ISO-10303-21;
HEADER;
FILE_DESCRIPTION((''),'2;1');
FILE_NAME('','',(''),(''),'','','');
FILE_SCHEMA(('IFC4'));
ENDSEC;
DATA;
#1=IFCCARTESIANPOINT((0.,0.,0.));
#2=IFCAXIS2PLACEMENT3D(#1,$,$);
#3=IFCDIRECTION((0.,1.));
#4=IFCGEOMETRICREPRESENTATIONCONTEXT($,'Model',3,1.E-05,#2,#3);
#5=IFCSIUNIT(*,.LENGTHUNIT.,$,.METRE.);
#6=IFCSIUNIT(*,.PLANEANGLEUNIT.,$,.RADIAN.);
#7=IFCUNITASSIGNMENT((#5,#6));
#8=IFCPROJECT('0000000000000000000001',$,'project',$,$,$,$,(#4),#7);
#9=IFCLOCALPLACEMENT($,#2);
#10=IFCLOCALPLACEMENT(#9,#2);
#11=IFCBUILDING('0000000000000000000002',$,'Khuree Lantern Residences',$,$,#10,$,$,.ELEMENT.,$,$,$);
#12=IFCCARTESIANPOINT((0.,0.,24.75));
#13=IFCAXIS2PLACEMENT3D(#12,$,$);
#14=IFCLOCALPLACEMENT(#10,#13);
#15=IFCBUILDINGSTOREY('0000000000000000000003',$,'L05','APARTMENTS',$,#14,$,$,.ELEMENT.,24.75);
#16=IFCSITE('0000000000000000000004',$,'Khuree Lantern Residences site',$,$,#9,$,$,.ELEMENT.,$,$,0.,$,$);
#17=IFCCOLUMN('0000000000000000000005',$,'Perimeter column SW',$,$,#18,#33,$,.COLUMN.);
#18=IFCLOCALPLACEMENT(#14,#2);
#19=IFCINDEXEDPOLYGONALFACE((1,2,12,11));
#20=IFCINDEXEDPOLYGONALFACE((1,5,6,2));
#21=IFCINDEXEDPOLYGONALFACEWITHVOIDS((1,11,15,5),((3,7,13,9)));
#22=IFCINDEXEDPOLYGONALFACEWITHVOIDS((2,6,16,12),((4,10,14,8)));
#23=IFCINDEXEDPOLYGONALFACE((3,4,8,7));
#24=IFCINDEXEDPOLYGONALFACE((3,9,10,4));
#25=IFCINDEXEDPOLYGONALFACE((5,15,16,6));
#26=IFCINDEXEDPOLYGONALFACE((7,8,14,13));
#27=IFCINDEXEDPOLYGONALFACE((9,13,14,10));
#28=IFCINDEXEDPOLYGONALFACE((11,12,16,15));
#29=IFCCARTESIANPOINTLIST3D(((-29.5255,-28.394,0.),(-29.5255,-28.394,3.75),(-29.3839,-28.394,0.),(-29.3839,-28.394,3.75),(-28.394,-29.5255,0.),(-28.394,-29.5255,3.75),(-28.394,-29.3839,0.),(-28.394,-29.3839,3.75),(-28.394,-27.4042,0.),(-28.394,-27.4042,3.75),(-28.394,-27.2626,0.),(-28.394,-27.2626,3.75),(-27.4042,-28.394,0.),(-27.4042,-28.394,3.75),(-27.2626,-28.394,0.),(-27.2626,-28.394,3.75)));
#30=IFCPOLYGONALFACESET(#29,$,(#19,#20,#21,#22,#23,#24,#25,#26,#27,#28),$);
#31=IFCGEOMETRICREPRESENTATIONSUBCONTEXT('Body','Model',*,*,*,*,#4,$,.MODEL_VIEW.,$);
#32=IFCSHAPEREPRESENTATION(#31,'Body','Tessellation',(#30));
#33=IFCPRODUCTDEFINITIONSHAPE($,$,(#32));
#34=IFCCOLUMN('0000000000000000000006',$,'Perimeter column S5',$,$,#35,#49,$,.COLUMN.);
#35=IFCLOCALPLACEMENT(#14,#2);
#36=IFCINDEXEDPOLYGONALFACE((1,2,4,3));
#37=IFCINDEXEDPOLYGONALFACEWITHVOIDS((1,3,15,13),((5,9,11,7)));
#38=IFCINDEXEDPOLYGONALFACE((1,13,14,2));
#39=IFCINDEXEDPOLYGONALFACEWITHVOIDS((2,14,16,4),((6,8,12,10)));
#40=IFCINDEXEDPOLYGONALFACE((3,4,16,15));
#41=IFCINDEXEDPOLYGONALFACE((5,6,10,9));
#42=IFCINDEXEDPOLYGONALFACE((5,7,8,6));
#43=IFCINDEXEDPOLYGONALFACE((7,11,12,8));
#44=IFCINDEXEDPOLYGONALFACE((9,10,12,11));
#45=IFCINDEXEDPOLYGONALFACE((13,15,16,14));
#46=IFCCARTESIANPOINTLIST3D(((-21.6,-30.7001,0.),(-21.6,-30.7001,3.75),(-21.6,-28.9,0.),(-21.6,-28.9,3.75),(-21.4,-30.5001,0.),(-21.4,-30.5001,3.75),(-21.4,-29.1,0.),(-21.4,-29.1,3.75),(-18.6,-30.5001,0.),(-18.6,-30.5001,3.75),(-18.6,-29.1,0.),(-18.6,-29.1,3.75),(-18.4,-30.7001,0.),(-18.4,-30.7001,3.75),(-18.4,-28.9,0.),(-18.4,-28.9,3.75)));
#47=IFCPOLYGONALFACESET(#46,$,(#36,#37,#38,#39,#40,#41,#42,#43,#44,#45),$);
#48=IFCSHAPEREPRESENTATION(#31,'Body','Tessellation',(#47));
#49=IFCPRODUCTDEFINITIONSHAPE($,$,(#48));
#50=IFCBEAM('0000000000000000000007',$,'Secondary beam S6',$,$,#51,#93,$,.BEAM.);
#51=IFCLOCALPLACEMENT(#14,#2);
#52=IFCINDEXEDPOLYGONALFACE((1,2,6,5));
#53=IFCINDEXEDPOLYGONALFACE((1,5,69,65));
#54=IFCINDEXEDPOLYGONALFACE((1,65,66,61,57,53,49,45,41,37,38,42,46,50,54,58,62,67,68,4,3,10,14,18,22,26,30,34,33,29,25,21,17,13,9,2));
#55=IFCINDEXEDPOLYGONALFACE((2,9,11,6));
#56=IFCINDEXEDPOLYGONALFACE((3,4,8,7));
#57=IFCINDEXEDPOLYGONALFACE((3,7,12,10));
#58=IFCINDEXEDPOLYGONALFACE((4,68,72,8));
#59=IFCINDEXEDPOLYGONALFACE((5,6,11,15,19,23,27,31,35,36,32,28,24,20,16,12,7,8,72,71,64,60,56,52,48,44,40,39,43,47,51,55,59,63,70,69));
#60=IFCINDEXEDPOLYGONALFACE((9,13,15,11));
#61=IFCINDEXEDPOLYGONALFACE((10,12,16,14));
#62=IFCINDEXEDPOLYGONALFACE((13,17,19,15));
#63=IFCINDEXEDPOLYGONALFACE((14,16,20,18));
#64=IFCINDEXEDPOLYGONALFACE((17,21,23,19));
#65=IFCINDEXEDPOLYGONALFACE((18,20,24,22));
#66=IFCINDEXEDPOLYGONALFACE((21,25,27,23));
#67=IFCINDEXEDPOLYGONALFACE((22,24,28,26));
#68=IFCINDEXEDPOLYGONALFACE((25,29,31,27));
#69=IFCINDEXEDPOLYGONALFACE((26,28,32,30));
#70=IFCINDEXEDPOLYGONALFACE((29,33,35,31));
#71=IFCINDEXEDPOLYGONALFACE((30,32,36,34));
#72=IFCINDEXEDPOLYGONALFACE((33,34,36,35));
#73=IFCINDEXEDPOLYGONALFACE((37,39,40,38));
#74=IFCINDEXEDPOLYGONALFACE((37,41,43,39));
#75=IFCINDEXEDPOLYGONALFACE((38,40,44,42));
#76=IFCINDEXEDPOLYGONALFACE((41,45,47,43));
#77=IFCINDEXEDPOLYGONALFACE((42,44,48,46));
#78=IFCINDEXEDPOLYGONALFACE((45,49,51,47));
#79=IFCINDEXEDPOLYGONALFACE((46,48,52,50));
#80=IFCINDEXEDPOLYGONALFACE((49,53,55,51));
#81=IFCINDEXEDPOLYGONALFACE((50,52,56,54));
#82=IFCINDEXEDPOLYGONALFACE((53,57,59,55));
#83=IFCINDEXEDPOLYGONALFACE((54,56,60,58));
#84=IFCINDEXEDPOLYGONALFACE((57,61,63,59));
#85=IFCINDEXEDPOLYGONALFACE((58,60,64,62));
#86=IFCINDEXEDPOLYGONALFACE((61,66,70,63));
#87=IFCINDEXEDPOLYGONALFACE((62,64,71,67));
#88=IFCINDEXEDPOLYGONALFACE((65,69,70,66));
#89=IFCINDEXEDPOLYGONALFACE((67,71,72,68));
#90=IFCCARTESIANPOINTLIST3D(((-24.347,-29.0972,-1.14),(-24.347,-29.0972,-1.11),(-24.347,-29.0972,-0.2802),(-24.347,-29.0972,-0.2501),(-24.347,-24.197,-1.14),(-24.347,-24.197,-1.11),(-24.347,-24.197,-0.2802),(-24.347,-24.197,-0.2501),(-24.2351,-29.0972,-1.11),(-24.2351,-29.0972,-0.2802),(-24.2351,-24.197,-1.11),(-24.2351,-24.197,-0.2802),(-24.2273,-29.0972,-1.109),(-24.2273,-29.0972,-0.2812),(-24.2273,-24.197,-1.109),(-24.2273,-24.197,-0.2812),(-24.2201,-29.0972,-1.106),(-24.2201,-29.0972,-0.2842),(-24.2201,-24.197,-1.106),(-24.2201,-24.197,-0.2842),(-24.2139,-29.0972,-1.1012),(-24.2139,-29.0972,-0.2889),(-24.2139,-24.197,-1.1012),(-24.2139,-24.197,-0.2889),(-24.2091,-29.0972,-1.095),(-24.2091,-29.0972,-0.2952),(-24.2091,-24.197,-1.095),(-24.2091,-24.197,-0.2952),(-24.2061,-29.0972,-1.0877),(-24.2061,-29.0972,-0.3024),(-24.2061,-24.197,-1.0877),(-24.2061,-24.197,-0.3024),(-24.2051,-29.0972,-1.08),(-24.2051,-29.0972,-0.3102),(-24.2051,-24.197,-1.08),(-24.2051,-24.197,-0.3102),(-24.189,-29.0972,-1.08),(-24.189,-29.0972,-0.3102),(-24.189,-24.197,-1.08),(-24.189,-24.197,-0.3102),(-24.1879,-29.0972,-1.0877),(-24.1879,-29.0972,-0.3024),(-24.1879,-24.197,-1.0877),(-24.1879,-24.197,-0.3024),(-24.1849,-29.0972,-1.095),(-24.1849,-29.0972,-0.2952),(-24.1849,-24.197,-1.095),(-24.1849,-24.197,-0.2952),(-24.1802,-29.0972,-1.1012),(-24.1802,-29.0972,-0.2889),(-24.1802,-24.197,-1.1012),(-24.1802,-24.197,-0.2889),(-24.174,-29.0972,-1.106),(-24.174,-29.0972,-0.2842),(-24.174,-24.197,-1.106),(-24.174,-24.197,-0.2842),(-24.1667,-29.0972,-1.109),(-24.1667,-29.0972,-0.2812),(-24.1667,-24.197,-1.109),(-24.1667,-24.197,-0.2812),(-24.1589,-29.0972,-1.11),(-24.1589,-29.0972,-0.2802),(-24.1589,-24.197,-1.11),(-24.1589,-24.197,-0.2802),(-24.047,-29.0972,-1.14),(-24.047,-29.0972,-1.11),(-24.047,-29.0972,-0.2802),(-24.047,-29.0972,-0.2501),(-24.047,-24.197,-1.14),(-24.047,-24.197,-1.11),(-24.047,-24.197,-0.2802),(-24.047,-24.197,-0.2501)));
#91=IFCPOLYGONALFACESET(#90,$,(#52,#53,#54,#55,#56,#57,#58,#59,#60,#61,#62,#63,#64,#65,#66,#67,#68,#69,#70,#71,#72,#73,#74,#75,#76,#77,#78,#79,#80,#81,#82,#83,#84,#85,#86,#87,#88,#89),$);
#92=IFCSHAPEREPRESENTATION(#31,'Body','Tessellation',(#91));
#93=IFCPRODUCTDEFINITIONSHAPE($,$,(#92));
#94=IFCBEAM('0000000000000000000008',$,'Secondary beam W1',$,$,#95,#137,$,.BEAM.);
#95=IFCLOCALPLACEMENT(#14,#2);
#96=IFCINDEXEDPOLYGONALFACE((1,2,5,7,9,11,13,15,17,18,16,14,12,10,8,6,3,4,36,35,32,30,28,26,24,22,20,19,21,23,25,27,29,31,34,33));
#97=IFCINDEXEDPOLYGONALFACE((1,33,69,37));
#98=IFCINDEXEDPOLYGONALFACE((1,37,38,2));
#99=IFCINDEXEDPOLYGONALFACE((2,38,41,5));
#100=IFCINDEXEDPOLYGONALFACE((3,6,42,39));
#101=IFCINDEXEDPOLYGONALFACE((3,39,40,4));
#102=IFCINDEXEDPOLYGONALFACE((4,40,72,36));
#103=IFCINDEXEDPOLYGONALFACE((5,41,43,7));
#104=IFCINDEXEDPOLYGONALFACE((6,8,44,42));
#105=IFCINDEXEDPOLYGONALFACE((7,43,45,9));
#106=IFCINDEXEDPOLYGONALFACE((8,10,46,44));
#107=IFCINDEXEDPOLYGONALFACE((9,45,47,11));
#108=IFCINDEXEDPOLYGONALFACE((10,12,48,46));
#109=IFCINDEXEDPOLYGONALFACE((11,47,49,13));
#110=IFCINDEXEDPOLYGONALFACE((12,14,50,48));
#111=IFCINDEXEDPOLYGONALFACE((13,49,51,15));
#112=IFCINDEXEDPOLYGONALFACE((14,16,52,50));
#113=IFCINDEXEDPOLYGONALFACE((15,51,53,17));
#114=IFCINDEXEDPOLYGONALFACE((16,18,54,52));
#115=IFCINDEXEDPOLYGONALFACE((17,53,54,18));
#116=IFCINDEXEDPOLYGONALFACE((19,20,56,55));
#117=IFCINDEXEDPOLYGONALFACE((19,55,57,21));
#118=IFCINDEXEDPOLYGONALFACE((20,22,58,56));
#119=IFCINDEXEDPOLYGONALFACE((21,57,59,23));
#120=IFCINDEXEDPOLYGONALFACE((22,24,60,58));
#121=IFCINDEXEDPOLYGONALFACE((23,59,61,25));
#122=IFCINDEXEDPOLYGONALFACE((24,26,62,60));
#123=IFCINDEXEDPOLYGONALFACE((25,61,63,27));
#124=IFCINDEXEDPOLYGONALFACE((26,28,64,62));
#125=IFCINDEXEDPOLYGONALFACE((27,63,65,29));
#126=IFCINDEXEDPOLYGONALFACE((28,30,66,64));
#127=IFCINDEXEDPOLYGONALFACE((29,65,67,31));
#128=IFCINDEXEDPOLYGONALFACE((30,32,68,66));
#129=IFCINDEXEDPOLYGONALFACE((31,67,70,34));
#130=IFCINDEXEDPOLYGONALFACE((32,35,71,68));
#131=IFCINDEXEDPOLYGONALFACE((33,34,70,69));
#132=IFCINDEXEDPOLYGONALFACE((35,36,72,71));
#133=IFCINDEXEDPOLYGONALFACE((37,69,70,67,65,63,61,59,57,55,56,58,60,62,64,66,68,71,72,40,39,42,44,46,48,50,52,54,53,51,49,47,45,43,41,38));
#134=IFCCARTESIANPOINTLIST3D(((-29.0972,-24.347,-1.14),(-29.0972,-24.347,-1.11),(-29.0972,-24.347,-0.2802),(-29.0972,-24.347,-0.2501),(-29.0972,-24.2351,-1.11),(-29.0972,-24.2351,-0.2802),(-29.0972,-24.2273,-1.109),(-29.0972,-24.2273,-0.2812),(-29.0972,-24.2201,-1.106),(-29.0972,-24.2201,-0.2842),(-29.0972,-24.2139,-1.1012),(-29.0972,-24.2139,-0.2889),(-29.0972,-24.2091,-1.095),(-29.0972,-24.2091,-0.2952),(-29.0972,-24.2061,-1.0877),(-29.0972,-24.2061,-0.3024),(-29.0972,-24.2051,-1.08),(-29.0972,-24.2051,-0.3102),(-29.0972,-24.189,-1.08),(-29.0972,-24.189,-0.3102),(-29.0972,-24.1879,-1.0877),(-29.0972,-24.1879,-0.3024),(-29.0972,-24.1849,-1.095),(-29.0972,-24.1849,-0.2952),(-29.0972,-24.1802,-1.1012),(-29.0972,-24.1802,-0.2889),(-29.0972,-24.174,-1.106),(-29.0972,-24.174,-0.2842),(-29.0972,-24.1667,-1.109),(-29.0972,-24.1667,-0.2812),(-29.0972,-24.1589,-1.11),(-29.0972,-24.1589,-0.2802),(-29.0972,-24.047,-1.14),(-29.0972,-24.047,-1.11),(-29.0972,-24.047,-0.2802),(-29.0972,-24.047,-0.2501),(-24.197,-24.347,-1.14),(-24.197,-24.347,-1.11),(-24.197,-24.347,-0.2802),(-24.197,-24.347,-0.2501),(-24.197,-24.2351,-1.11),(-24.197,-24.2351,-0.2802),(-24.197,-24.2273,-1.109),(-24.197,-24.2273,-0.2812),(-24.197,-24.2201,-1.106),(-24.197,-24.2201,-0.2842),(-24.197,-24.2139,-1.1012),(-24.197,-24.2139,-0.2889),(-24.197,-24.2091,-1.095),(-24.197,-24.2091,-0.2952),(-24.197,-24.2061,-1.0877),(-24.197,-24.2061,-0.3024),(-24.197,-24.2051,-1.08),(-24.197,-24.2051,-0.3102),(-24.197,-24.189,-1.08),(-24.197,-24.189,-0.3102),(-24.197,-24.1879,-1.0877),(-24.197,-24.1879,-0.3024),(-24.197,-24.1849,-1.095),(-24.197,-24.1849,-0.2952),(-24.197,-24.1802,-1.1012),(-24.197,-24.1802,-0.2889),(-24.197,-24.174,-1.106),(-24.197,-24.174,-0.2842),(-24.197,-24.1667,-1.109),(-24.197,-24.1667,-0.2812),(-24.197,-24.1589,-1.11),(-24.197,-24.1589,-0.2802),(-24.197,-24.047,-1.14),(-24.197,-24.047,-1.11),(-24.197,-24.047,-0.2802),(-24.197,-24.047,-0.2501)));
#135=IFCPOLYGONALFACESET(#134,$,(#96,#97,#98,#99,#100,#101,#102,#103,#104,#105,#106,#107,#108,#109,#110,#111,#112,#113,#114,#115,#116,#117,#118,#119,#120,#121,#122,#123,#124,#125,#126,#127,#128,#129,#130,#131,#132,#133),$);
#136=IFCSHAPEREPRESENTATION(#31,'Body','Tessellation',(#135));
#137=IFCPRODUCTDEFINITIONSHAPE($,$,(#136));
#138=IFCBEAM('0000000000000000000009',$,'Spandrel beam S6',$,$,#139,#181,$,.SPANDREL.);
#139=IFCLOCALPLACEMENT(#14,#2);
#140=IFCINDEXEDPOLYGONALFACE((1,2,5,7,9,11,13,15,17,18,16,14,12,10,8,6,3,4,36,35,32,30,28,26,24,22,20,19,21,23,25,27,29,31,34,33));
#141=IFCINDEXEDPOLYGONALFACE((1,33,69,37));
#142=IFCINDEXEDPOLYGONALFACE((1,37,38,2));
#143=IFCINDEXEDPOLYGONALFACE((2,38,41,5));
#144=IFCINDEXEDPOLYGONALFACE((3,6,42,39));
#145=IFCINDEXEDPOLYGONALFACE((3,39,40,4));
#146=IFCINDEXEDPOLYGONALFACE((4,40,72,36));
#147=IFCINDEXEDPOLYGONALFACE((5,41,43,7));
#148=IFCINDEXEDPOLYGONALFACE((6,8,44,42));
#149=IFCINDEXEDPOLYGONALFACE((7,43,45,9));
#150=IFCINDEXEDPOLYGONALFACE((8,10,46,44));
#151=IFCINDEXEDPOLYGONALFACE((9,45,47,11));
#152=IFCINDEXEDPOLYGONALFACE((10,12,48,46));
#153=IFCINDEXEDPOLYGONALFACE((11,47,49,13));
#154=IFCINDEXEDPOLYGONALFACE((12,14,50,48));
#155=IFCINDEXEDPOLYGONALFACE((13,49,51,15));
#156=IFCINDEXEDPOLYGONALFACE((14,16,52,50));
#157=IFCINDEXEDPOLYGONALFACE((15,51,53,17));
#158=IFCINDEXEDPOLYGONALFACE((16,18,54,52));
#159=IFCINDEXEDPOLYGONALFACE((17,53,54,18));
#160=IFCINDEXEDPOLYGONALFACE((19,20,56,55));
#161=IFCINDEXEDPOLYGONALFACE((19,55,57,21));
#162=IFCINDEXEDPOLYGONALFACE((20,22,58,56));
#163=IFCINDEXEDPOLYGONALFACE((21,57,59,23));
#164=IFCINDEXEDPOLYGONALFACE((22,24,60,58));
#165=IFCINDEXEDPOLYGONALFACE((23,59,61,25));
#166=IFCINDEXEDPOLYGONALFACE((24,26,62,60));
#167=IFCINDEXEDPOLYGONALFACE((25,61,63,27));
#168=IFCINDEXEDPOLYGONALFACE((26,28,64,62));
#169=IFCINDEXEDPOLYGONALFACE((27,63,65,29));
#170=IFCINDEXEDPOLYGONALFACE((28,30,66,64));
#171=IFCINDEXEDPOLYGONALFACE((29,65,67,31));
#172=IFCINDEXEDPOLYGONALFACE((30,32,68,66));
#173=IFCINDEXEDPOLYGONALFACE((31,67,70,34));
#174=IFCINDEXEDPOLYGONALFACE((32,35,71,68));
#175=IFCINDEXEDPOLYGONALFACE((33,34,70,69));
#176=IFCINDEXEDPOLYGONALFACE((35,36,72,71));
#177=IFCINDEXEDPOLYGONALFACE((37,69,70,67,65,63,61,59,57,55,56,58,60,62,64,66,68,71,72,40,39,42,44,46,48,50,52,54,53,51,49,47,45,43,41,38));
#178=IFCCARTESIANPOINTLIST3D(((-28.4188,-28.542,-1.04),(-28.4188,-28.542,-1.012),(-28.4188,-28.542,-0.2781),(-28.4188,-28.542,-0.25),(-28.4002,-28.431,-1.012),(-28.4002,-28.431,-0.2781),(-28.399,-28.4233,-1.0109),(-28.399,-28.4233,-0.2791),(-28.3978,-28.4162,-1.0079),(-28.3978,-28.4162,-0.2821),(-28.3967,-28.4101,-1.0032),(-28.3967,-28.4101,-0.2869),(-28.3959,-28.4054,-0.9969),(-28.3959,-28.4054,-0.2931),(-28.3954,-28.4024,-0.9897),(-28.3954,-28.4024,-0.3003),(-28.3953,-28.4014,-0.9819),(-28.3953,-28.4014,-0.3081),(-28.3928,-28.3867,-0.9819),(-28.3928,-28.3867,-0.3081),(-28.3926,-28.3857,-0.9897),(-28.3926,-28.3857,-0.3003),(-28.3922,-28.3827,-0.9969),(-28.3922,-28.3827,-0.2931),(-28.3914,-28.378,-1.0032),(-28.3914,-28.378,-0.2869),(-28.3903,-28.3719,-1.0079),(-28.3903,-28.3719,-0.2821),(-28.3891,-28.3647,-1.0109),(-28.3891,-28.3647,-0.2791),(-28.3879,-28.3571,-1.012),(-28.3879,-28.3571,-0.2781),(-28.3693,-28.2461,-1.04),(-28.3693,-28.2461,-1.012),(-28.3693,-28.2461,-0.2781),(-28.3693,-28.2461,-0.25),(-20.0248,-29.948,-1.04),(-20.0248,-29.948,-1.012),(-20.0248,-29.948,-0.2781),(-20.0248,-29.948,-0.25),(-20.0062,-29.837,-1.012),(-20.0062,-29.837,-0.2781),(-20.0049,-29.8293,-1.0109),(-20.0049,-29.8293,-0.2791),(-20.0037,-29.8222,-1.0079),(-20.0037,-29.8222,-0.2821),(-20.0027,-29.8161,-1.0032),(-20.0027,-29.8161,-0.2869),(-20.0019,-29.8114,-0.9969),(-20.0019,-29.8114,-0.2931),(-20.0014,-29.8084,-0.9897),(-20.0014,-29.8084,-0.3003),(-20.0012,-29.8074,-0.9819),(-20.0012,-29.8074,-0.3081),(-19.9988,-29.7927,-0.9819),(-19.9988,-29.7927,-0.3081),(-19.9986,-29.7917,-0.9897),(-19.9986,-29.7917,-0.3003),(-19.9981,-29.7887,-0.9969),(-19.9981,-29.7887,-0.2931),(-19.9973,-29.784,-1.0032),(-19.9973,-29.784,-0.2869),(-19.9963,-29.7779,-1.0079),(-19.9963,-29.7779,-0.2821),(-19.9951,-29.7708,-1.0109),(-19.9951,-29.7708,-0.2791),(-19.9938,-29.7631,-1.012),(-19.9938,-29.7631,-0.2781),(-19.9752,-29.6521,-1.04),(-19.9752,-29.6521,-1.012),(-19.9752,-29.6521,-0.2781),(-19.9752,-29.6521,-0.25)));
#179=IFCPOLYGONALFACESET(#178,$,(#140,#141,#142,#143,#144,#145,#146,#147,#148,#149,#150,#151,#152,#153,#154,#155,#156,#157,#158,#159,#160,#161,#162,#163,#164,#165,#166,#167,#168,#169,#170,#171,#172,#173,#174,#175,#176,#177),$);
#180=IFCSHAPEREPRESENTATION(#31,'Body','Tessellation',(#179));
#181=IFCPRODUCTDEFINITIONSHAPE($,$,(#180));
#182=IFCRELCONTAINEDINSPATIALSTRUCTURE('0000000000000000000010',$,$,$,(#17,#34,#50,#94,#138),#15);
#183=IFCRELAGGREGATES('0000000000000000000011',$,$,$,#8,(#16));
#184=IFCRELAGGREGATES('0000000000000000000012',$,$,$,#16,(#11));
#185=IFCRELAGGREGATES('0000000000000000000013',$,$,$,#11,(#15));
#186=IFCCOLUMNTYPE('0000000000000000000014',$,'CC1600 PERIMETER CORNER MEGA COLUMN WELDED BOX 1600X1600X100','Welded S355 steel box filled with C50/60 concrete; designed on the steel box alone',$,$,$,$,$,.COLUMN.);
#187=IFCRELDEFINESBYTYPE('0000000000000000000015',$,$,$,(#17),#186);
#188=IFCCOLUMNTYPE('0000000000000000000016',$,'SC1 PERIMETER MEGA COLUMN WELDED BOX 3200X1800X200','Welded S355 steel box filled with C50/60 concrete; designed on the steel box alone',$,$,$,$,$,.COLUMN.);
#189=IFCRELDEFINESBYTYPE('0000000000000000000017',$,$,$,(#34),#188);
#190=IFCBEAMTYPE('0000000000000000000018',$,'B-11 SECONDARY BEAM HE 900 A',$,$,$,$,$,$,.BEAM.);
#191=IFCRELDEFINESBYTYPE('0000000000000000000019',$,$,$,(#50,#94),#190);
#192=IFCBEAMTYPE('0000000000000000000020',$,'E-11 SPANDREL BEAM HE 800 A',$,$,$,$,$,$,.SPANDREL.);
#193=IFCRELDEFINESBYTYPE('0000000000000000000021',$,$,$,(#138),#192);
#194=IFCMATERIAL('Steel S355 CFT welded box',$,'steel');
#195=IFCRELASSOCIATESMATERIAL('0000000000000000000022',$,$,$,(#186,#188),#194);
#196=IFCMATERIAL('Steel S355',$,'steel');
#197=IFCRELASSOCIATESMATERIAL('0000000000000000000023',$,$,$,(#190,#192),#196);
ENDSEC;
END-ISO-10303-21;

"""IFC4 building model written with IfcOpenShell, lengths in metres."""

from ifc_helpers import new_model, si_unit, direction, frame, origin, origin_2d, place, context, subcontext, project, spatial, hollow_rectangle, i_section, extrude, material, material_profile, profile_set, type_object, element, save


model = new_model("IFC4")

# Units and contexts
model_context = context("Model", 3, precision=1e-05, world=origin(), true_north=direction((0.0, 1.0)))
body_context = subcontext(model_context, "Body", "Model", "MODEL_VIEW")
ifc_project = project(units=[si_unit("LENGTHUNIT", "METRE"), si_unit("PLANEANGLEUNIT", "RADIAN")], contexts=[model_context])

# Site, building, storey
site_placement = place(None, origin())
site = spatial("IfcSite", under=ifc_project, at=site_placement, Name="Khuree Lantern Residences site", CompositionType="ELEMENT", RefElevation=0.0)
building_placement = place(site_placement, origin())
building = spatial("IfcBuilding", under=site, at=building_placement, Name="Khuree Lantern Residences", CompositionType="ELEMENT")
storey_placement = place(building_placement, frame((0.0, 0.0, 24.75)))
storey = spatial("IfcBuildingStorey", under=building, at=storey_placement, Name="L05", Description="APARTMENTS", CompositionType="ELEMENT", Elevation=24.75)

# Columns
ifc_material_1 = material(Name="Steel S355 CFT welded box", Category="steel")
ifc_material_profile_1 = material_profile(ifc_material_1, hollow_rectangle(XDim=1.6001, YDim=1.6001, WallThickness=0.1001, at=origin_2d()), Name="WELDED BOX 1600X1600X100")
ifc_profile_set_1 = profile_set([ifc_material_profile_1], Name="Steel S355 CFT welded box")
column_type_1 = type_object("IfcColumnType", Name="CC1600 PERIMETER CORNER MEGA COLUMN WELDED BOX 1600X1600X100", Description="Welded S355 steel box filled with C50/60 concrete; designed on the steel box alone", PredefinedType="COLUMN", material=ifc_profile_set_1)
column_1_placement = place(storey_placement, frame((-28.394, -28.394, 0.0), z_axis=(0.0, 0.0, 1.0), x_axis=(0.707107, -0.707107, 0.0)))
element("IfcColumn", 1, at=column_1_placement, inside=storey, type_object=column_type_1, Name="Perimeter column SW", PredefinedType="COLUMN", context=body_context, shape_type="SweptSolid", body=[
    extrude(hollow_rectangle(XDim=1.6001, YDim=1.6001, WallThickness=0.1001, at=origin_2d()), origin(), (0.0, 0.0, 1.0), 3.75),
])
ifc_material_profile_2 = material_profile(ifc_material_1, hollow_rectangle(XDim=3.2, YDim=1.8, WallThickness=0.2, at=origin_2d()), Name="WELDED BOX 3200X1800X200")
ifc_profile_set_2 = profile_set([ifc_material_profile_2], Name="Steel S355 CFT welded box")
column_type_2 = type_object("IfcColumnType", Name="SC1 PERIMETER MEGA COLUMN WELDED BOX 3200X1800X200", Description="Welded S355 steel box filled with C50/60 concrete; designed on the steel box alone", PredefinedType="COLUMN", material=ifc_profile_set_2)
column_2_placement = place(storey_placement, frame((-20.0, -29.8, 0.0), z_axis=(0.0, 0.0, 1.0), x_axis=(1.0, 0.0, 0.0)))
element("IfcColumn", 2, at=column_2_placement, inside=storey, type_object=column_type_2, Name="Perimeter column S5", PredefinedType="COLUMN", context=body_context, shape_type="SweptSolid", body=[
    extrude(hollow_rectangle(XDim=3.2, YDim=1.8, WallThickness=0.2, at=origin_2d()), origin(), (0.0, 0.0, 1.0), 3.75),
])

# Beams
ifc_material_2 = material(Name="Steel S355", Category="steel")
ifc_material_profile_3 = material_profile(ifc_material_2, i_section(OverallWidth=0.3, OverallDepth=0.8899, WebThickness=0.0161, FlangeThickness=0.03, FilletRadius=0.03, at=origin_2d()), Name="HE 900 A")
ifc_profile_set_3 = profile_set([ifc_material_profile_3], Name="Steel S355")
beam_type_1 = type_object("IfcBeamType", Name="B-11 SECONDARY BEAM HE 900 A", PredefinedType="BEAM", material=ifc_profile_set_3)
for number, where, z_axis, x_axis, name in (
    (3, (-24.197, -29.0972, -0.6951), (0.0, 1.0, 0.0), (-1.0, 0.0, 0.0), "Secondary beam S6"),
    (4, (-29.0972, -24.197, -0.6951), (1.0, 0.0, 0.0), (0.0, 1.0, 0.0), "Secondary beam W1"),
):
    element("IfcBeam", number, at=place(storey_placement, frame(where, z_axis=z_axis, x_axis=x_axis)), inside=storey, type_object=beam_type_1, Name=name, PredefinedType="BEAM", context=body_context, shape_type="SweptSolid", body=[
        extrude(i_section(OverallWidth=0.3, OverallDepth=0.8899, WebThickness=0.0161, FlangeThickness=0.03, FilletRadius=0.03, at=origin_2d()), origin(), (0.0, 0.0, 1.0), 4.9001),
    ])
ifc_material_profile_4 = material_profile(ifc_material_2, i_section(OverallWidth=0.3, OverallDepth=0.79, WebThickness=0.0149, FlangeThickness=0.0281, FilletRadius=0.03, at=origin_2d()), Name="HE 800 A")
ifc_profile_set_4 = profile_set([ifc_material_profile_4], Name="Steel S355")
beam_type_2 = type_object("IfcBeamType", Name="E-11 SPANDREL BEAM HE 800 A", PredefinedType="SPANDREL", material=ifc_profile_set_4)
for number, where, z_axis, x_axis, name in (
    (5, (-20.0, -29.8, -0.645), (-0.98626, 0.165199, 0.0), (-0.165199, -0.98626, 0.0), "Spandrel beam S6"),
):
    element("IfcBeam", number, at=place(storey_placement, frame(where, z_axis=z_axis, x_axis=x_axis)), inside=storey, type_object=beam_type_2, Name=name, PredefinedType="SPANDREL", context=body_context, shape_type="SweptSolid", body=[
        extrude(i_section(OverallWidth=0.3, OverallDepth=0.79, WebThickness=0.0149, FlangeThickness=0.0281, FilletRadius=0.03, at=origin_2d()), origin(), (0.0, 0.0, 1.0), 8.511),
    ])

save(model, "model.ifc")
